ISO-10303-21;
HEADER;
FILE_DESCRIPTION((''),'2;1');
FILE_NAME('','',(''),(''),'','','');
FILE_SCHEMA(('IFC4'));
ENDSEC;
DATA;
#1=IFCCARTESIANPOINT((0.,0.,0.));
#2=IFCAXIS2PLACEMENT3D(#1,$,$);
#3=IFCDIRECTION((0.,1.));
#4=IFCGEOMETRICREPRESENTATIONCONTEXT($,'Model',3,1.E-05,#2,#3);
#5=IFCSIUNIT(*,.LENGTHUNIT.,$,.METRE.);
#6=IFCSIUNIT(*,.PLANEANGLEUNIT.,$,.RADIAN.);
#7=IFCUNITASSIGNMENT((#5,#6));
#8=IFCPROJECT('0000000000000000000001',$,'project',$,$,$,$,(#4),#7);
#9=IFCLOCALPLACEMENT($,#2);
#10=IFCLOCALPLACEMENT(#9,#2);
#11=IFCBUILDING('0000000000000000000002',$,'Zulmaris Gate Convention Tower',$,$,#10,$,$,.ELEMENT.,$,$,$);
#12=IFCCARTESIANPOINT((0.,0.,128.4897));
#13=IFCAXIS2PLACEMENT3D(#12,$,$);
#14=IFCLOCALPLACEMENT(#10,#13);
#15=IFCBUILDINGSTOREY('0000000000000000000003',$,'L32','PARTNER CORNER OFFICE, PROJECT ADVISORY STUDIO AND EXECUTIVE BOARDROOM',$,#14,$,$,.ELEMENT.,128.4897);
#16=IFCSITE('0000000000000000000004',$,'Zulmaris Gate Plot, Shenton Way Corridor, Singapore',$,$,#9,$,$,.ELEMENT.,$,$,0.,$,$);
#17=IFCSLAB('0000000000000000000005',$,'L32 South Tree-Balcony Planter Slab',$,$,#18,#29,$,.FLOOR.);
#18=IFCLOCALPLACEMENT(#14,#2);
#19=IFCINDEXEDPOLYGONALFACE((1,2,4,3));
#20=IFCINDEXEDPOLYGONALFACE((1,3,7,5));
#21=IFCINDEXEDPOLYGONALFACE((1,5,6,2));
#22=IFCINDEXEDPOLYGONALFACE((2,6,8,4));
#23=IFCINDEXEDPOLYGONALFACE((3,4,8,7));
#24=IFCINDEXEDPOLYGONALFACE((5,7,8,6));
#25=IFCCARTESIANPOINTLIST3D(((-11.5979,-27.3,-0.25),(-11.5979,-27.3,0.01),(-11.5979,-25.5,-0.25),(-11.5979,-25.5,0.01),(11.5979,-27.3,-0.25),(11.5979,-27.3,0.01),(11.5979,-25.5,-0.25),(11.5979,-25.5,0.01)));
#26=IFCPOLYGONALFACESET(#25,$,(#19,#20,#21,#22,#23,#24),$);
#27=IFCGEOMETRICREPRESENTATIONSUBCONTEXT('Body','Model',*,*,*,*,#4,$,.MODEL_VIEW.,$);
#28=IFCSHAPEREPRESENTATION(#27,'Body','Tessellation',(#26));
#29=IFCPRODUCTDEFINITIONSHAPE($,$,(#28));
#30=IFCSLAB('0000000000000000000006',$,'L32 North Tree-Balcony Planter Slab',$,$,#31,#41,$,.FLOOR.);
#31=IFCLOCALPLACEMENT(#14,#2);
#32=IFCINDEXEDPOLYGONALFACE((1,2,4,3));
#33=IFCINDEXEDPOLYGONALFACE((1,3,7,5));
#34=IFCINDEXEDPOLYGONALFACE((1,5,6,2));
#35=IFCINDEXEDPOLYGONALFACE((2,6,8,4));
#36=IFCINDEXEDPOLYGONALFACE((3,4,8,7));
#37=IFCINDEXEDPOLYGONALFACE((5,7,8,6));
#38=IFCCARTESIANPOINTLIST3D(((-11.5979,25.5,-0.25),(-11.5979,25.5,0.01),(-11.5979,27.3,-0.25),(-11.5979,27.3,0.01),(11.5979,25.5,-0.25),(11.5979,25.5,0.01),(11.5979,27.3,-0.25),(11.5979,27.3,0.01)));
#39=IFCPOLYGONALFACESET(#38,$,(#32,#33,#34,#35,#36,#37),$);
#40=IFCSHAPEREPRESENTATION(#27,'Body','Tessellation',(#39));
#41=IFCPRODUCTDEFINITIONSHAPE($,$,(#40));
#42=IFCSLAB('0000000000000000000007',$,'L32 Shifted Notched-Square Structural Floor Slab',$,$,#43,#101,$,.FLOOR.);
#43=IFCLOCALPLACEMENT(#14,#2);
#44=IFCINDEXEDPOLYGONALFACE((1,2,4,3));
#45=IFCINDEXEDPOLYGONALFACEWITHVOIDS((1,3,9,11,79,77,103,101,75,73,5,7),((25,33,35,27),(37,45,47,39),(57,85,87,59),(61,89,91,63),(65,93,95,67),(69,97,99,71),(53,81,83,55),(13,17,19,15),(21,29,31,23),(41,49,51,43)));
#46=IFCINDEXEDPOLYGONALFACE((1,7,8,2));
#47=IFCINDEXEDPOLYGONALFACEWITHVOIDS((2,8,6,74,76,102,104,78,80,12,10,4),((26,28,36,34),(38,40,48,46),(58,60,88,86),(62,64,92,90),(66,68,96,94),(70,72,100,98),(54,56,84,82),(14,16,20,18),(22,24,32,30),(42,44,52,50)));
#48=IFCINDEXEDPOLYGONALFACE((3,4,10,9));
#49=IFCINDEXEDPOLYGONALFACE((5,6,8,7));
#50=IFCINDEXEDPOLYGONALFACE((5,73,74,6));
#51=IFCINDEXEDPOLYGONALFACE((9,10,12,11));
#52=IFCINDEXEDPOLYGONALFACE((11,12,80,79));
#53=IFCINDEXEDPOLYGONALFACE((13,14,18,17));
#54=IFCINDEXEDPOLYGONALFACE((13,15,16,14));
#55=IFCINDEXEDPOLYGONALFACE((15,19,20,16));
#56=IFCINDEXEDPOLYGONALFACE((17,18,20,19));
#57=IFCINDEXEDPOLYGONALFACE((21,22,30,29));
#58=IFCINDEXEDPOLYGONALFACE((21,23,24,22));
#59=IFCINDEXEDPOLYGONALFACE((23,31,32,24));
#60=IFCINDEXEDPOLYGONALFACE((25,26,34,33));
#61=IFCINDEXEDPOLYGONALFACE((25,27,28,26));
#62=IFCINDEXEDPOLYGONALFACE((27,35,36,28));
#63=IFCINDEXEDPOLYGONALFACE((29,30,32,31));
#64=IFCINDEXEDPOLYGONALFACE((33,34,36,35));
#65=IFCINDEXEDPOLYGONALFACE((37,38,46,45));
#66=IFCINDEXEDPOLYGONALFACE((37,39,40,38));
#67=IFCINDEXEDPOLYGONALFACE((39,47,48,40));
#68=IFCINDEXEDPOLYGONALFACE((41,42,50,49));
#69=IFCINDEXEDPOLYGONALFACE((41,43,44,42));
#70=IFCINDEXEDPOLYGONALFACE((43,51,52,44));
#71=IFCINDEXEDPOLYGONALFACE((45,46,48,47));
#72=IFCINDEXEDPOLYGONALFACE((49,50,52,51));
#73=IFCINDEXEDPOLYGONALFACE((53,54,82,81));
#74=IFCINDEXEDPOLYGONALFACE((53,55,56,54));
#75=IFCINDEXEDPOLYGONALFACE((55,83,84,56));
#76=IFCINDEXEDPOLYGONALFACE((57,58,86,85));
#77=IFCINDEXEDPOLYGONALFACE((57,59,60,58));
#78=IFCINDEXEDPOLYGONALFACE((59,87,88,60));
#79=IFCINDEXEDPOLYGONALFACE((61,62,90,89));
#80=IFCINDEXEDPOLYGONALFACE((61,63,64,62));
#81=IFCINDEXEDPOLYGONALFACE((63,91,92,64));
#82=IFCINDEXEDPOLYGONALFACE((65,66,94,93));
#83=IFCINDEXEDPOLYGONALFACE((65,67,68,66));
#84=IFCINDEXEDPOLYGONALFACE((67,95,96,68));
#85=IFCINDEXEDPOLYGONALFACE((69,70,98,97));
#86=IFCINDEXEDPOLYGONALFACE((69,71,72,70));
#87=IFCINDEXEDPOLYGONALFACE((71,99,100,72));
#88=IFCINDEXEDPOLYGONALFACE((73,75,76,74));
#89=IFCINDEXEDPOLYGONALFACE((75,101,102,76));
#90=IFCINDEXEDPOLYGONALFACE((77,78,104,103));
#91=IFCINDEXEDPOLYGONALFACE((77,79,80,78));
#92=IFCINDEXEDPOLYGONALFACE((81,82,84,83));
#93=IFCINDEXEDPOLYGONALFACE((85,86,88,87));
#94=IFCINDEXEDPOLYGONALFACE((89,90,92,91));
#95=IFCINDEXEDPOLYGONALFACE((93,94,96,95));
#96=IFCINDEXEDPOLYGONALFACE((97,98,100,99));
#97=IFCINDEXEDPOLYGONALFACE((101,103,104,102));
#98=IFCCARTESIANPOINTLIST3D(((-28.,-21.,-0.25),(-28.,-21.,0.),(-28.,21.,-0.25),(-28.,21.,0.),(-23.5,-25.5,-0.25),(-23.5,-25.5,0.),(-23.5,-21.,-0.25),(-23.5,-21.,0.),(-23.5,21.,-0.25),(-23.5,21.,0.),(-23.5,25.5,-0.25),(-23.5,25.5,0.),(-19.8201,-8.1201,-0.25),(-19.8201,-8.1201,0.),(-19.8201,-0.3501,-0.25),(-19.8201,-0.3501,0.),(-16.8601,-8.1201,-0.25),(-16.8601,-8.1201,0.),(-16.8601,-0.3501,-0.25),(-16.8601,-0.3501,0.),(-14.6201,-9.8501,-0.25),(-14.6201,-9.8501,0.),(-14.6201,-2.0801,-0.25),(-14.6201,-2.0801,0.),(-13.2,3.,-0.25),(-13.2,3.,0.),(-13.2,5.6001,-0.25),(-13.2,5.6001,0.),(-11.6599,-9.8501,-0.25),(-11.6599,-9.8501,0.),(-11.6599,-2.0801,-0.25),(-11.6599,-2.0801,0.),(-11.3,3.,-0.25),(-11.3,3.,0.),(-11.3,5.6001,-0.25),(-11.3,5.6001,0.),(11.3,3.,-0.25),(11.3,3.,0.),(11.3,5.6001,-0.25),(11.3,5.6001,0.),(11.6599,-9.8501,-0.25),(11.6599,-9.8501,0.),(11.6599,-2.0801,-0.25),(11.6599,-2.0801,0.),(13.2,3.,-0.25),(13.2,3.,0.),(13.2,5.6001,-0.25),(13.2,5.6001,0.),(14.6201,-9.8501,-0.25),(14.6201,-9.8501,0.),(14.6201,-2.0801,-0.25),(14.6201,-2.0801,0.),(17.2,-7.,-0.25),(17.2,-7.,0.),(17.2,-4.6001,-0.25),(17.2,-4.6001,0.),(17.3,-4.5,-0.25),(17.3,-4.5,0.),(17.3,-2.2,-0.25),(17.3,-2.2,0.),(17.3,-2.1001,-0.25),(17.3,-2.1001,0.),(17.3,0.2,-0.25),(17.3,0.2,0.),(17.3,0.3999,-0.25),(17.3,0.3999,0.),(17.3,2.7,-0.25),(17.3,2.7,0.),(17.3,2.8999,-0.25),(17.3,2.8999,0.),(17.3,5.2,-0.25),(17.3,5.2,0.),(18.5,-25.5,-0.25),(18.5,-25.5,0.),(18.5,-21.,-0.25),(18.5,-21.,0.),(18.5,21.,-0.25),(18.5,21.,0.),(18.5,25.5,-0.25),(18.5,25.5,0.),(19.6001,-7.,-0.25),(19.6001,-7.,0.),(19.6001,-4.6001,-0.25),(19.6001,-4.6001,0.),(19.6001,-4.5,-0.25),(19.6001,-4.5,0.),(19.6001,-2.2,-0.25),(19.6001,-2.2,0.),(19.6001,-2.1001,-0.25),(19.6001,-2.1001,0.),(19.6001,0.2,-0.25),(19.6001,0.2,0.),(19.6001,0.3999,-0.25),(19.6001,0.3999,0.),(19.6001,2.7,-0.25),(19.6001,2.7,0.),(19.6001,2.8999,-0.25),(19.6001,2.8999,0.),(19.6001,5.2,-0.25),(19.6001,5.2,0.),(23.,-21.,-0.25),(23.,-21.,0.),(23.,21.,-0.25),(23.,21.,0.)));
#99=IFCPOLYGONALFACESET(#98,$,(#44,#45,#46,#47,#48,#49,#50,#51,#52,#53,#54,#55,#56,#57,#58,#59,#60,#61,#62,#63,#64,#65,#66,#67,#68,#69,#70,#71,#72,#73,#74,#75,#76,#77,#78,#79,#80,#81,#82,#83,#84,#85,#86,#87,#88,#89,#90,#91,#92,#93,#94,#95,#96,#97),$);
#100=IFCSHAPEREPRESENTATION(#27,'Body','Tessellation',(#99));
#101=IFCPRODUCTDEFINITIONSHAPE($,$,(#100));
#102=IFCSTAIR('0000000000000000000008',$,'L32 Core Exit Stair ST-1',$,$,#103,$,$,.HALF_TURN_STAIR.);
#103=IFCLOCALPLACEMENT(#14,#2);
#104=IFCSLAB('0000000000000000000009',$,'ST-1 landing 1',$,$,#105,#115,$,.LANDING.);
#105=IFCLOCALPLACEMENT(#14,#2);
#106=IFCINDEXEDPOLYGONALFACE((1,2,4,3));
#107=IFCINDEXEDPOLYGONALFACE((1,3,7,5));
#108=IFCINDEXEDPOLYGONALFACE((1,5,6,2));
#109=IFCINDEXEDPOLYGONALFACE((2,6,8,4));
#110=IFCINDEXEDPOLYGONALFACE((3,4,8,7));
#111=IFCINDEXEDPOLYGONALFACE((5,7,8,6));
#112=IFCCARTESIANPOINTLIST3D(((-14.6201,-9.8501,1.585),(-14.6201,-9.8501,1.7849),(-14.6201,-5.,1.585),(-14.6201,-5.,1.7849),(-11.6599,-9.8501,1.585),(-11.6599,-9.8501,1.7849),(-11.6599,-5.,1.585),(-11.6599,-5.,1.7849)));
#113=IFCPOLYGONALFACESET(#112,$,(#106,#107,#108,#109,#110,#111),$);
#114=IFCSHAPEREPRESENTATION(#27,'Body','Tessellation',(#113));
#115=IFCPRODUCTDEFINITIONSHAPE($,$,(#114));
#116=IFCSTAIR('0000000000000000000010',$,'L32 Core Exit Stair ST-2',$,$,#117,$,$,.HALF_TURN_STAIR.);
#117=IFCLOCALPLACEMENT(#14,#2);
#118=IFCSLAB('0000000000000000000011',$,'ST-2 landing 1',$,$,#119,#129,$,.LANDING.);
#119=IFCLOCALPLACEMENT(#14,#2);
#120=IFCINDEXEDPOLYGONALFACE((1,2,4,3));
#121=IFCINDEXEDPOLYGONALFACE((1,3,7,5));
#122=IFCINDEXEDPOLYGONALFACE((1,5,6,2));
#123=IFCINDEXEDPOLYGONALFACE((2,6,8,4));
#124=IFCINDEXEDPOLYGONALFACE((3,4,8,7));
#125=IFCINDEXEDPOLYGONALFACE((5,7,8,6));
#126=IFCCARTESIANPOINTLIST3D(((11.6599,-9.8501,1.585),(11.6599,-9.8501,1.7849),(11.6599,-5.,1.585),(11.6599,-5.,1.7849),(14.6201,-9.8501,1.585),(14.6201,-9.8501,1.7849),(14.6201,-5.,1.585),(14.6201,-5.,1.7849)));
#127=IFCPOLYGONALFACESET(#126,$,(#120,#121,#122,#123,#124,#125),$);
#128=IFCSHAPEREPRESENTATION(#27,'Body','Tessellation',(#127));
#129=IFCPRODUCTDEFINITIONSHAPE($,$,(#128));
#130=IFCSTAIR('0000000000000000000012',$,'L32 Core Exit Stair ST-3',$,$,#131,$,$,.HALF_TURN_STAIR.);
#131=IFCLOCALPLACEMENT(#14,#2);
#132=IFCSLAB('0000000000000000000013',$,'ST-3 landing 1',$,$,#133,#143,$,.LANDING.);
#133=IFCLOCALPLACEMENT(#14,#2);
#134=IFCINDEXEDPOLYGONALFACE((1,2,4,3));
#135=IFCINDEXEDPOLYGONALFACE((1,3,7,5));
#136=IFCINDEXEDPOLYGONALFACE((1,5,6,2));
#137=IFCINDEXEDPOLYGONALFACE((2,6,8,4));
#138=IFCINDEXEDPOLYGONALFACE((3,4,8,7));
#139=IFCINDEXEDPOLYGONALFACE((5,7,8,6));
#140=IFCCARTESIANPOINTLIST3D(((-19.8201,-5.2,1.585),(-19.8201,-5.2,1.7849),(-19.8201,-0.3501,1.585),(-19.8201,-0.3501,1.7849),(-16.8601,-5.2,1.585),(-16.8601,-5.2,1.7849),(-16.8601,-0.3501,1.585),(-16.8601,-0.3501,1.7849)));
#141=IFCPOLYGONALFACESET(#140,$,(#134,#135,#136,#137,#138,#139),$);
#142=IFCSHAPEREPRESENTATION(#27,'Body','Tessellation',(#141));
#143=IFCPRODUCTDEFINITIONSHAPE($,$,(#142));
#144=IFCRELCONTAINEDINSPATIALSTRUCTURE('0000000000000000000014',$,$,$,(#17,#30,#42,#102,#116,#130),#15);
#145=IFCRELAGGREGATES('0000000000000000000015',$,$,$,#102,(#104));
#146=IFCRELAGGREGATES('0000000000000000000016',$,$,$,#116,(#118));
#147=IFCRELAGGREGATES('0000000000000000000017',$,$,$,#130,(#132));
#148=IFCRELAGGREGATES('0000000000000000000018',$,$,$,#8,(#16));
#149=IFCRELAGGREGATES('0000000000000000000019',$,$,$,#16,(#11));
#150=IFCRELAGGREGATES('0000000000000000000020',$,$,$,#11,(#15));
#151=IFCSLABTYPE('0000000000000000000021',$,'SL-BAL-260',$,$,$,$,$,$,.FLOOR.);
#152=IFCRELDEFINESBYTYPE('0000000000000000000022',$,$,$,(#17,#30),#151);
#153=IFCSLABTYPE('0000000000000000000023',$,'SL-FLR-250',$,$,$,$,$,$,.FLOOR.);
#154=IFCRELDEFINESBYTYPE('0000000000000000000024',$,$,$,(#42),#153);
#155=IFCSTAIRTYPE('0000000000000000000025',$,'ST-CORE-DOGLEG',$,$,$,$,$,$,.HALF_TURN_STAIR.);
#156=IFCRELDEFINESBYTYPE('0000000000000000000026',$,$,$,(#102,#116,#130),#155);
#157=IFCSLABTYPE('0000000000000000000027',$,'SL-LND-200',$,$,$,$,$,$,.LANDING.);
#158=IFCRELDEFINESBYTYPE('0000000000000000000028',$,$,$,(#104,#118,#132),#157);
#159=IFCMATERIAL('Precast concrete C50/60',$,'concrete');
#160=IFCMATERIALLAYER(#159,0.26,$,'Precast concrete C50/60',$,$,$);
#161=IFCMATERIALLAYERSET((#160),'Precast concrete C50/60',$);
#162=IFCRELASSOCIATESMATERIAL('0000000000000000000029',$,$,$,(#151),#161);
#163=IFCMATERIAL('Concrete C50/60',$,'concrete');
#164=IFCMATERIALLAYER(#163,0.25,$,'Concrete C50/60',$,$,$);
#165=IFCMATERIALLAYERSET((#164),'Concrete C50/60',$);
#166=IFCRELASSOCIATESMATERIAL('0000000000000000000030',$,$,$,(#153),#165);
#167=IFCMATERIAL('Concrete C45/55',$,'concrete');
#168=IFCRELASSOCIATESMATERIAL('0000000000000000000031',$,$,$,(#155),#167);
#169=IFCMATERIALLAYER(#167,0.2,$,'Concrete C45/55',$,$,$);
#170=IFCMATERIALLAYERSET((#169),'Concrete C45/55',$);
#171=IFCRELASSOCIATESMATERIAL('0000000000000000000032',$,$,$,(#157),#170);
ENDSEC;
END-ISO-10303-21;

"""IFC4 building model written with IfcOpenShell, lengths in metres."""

from ifc_helpers import new_model, si_unit, direction, frame, origin, place, context, subcontext, project, spatial, polyline, outline, extrude, material, layer, layer_set, type_object, element, aggregate, save


model = new_model("IFC4")

# Units and contexts
model_context = context("Model", 3, precision=1e-05, world=origin(), true_north=direction((0.0, 1.0)))
body_context = subcontext(model_context, "Body", "Model", "MODEL_VIEW")
ifc_project = project(units=[si_unit("LENGTHUNIT", "METRE"), si_unit("PLANEANGLEUNIT", "RADIAN")], contexts=[model_context])

# Site, building, storey
site_placement = place(None, origin())
site = spatial("IfcSite", under=ifc_project, at=site_placement, Name="Zulmaris Gate Plot, Shenton Way Corridor, Singapore", CompositionType="ELEMENT", RefElevation=0.0)
building_placement = place(site_placement, origin())
building = spatial("IfcBuilding", under=site, at=building_placement, Name="Zulmaris Gate Convention Tower", CompositionType="ELEMENT")
storey_placement = place(building_placement, frame((0.0, 0.0, 128.4897)))
storey = spatial("IfcBuildingStorey", under=building, at=storey_placement, Name="L32", Description="PARTNER CORNER OFFICE, PROJECT ADVISORY STUDIO AND EXECUTIVE BOARDROOM", CompositionType="ELEMENT", Elevation=128.4897)

# Slabs
ifc_material_1 = material(Name="Precast concrete C50/60", Category="concrete")
ifc_layer_1 = layer(ifc_material_1, 0.26, Name="Precast concrete C50/60")
ifc_layer_set_1 = layer_set([ifc_layer_1], Name="Precast concrete C50/60")
slab_type_1 = type_object("IfcSlabType", Name="SL-BAL-260", PredefinedType="FLOOR", material=ifc_layer_set_1)
slab_1_placement = place(storey_placement, frame((0.0, 0.0, -0.25)))
element("IfcSlab", 1, at=slab_1_placement, inside=storey, type_object=slab_type_1, Name="L32 South Tree-Balcony Planter Slab", PredefinedType="FLOOR", context=body_context, shape_type="SweptSolid", body=[
    extrude(outline(polyline([(-11.5979, -27.3), (-11.5979, -25.5), (11.5979, -25.5), (11.5979, -27.3), (-11.5979, -27.3)])), origin(), (0.0, 0.0, 1.0), 0.26),
])
slab_2_placement = place(storey_placement, frame((0.0, 0.0, -0.25)))
element("IfcSlab", 2, at=slab_2_placement, inside=storey, type_object=slab_type_1, Name="L32 North Tree-Balcony Planter Slab", PredefinedType="FLOOR", context=body_context, shape_type="SweptSolid", body=[
    extrude(outline(polyline([(11.5979, 27.3), (11.5979, 25.5), (-11.5979, 25.5), (-11.5979, 27.3), (11.5979, 27.3)])), origin(), (0.0, 0.0, 1.0), 0.26),
])
ifc_material_2 = material(Name="Concrete C50/60", Category="concrete")
ifc_layer_2 = layer(ifc_material_2, 0.25, Name="Concrete C50/60")
ifc_layer_set_2 = layer_set([ifc_layer_2], Name="Concrete C50/60")
slab_type_2 = type_object("IfcSlabType", Name="SL-FLR-250", PredefinedType="FLOOR", material=ifc_layer_set_2)
slab_3_placement = place(storey_placement, frame((0.0, 0.0, -0.25)))
element("IfcSlab", 3, at=slab_3_placement, inside=storey, type_object=slab_type_2, Name="L32 Shifted Notched-Square Structural Floor Slab", PredefinedType="FLOOR", context=body_context, shape_type="SweptSolid", body=[
    extrude(outline(polyline([(-23.5, -25.5), (18.5, -25.5), (18.5, -21.0), (23.0, -21.0), (23.0, 21.0), (18.5, 21.0), (18.5, 25.5), (-23.5, 25.5), (-23.5, 21.0), (-28.0, 21.0), (-28.0, -21.0), (-23.5, -21.0), (-23.5, -25.5)]), holes=[polyline([(-14.6201, -2.0801), (-14.6201, -9.8501), (-11.6599, -9.8501), (-11.6599, -2.0801), (-14.6201, -2.0801)]), polyline([(11.6599, -2.0801), (11.6599, -9.8501), (14.6201, -9.8501), (14.6201, -2.0801), (11.6599, -2.0801)]), polyline([(-16.8601, -8.1201), (-16.8601, -0.3501), (-19.8201, -0.3501), (-19.8201, -8.1201), (-16.8601, -8.1201)]), polyline([(-13.2, 3.0), (-11.3, 3.0), (-11.3, 5.6001), (-13.2, 5.6001), (-13.2, 3.0)]), polyline([(11.3, 3.0), (13.2, 3.0), (13.2, 5.6001), (11.3, 5.6001), (11.3, 3.0)]), polyline([(17.2, -7.0), (19.6001, -7.0), (19.6001, -4.6001), (17.2, -4.6001), (17.2, -7.0)]), polyline([(17.3, -4.5), (19.6001, -4.5), (19.6001, -2.2), (17.3, -2.2), (17.3, -4.5)]), polyline([(17.3, -2.1001), (19.6001, -2.1001), (19.6001, 0.2), (17.3, 0.2), (17.3, -2.1001)]), polyline([(17.3, 0.3999), (19.6001, 0.3999), (19.6001, 2.7), (17.3, 2.7), (17.3, 0.3999)]), polyline([(17.3, 2.8999), (19.6001, 2.8999), (19.6001, 5.2), (17.3, 5.2), (17.3, 2.8999)])]), origin(), (0.0, 0.0, 1.0), 0.25),
])

# Stairs, slabs
ifc_material_3 = material(Name="Concrete C45/55", Category="concrete")
stair_type = type_object("IfcStairType", Name="ST-CORE-DOGLEG", PredefinedType="HALF_TURN_STAIR", material=ifc_material_3)
stair_1_placement = place(storey_placement, origin())
stair_1 = element("IfcStair", 4, at=stair_1_placement, inside=storey, type_object=stair_type, Name="L32 Core Exit Stair ST-1", PredefinedType="HALF_TURN_STAIR")
ifc_layer_3 = layer(ifc_material_3, 0.2, Name="Concrete C45/55")
ifc_layer_set_3 = layer_set([ifc_layer_3], Name="Concrete C45/55")
slab_type_3 = type_object("IfcSlabType", Name="SL-LND-200", PredefinedType="LANDING", material=ifc_layer_set_3)
slab_4_placement = place(storey_placement, frame((0.0, 0.0, 1.585)))
slab_4 = element("IfcSlab", 5, at=slab_4_placement, type_object=slab_type_3, Name="ST-1 landing 1", PredefinedType="LANDING", context=body_context, shape_type="SweptSolid", body=[
    extrude(outline(polyline([(-14.6201, -5.0), (-14.6201, -9.8501), (-11.6599, -9.8501), (-11.6599, -5.0), (-14.6201, -5.0)])), origin(), (0.0, 0.0, 1.0), 0.2),
])
aggregate(stair_1, [slab_4])
stair_2_placement = place(storey_placement, origin())
stair_2 = element("IfcStair", 6, at=stair_2_placement, inside=storey, type_object=stair_type, Name="L32 Core Exit Stair ST-2", PredefinedType="HALF_TURN_STAIR")
slab_5_placement = place(storey_placement, frame((0.0, 0.0, 1.585)))
slab_5 = element("IfcSlab", 7, at=slab_5_placement, type_object=slab_type_3, Name="ST-2 landing 1", PredefinedType="LANDING", context=body_context, shape_type="SweptSolid", body=[
    extrude(outline(polyline([(11.6599, -5.0), (11.6599, -9.8501), (14.6201, -9.8501), (14.6201, -5.0), (11.6599, -5.0)])), origin(), (0.0, 0.0, 1.0), 0.2),
])
aggregate(stair_2, [slab_5])
stair_3_placement = place(storey_placement, origin())
stair_3 = element("IfcStair", 8, at=stair_3_placement, inside=storey, type_object=stair_type, Name="L32 Core Exit Stair ST-3", PredefinedType="HALF_TURN_STAIR")
slab_6_placement = place(storey_placement, frame((0.0, 0.0, 1.585)))
slab_6 = element("IfcSlab", 9, at=slab_6_placement, type_object=slab_type_3, Name="ST-3 landing 1", PredefinedType="LANDING", context=body_context, shape_type="SweptSolid", body=[
    extrude(outline(polyline([(-16.8601, -5.2), (-16.8601, -0.3501), (-19.8201, -0.3501), (-19.8201, -5.2), (-16.8601, -5.2)])), origin(), (0.0, 0.0, 1.0), 0.2),
])
aggregate(stair_3, [slab_6])

save(model, "model.ifc")
